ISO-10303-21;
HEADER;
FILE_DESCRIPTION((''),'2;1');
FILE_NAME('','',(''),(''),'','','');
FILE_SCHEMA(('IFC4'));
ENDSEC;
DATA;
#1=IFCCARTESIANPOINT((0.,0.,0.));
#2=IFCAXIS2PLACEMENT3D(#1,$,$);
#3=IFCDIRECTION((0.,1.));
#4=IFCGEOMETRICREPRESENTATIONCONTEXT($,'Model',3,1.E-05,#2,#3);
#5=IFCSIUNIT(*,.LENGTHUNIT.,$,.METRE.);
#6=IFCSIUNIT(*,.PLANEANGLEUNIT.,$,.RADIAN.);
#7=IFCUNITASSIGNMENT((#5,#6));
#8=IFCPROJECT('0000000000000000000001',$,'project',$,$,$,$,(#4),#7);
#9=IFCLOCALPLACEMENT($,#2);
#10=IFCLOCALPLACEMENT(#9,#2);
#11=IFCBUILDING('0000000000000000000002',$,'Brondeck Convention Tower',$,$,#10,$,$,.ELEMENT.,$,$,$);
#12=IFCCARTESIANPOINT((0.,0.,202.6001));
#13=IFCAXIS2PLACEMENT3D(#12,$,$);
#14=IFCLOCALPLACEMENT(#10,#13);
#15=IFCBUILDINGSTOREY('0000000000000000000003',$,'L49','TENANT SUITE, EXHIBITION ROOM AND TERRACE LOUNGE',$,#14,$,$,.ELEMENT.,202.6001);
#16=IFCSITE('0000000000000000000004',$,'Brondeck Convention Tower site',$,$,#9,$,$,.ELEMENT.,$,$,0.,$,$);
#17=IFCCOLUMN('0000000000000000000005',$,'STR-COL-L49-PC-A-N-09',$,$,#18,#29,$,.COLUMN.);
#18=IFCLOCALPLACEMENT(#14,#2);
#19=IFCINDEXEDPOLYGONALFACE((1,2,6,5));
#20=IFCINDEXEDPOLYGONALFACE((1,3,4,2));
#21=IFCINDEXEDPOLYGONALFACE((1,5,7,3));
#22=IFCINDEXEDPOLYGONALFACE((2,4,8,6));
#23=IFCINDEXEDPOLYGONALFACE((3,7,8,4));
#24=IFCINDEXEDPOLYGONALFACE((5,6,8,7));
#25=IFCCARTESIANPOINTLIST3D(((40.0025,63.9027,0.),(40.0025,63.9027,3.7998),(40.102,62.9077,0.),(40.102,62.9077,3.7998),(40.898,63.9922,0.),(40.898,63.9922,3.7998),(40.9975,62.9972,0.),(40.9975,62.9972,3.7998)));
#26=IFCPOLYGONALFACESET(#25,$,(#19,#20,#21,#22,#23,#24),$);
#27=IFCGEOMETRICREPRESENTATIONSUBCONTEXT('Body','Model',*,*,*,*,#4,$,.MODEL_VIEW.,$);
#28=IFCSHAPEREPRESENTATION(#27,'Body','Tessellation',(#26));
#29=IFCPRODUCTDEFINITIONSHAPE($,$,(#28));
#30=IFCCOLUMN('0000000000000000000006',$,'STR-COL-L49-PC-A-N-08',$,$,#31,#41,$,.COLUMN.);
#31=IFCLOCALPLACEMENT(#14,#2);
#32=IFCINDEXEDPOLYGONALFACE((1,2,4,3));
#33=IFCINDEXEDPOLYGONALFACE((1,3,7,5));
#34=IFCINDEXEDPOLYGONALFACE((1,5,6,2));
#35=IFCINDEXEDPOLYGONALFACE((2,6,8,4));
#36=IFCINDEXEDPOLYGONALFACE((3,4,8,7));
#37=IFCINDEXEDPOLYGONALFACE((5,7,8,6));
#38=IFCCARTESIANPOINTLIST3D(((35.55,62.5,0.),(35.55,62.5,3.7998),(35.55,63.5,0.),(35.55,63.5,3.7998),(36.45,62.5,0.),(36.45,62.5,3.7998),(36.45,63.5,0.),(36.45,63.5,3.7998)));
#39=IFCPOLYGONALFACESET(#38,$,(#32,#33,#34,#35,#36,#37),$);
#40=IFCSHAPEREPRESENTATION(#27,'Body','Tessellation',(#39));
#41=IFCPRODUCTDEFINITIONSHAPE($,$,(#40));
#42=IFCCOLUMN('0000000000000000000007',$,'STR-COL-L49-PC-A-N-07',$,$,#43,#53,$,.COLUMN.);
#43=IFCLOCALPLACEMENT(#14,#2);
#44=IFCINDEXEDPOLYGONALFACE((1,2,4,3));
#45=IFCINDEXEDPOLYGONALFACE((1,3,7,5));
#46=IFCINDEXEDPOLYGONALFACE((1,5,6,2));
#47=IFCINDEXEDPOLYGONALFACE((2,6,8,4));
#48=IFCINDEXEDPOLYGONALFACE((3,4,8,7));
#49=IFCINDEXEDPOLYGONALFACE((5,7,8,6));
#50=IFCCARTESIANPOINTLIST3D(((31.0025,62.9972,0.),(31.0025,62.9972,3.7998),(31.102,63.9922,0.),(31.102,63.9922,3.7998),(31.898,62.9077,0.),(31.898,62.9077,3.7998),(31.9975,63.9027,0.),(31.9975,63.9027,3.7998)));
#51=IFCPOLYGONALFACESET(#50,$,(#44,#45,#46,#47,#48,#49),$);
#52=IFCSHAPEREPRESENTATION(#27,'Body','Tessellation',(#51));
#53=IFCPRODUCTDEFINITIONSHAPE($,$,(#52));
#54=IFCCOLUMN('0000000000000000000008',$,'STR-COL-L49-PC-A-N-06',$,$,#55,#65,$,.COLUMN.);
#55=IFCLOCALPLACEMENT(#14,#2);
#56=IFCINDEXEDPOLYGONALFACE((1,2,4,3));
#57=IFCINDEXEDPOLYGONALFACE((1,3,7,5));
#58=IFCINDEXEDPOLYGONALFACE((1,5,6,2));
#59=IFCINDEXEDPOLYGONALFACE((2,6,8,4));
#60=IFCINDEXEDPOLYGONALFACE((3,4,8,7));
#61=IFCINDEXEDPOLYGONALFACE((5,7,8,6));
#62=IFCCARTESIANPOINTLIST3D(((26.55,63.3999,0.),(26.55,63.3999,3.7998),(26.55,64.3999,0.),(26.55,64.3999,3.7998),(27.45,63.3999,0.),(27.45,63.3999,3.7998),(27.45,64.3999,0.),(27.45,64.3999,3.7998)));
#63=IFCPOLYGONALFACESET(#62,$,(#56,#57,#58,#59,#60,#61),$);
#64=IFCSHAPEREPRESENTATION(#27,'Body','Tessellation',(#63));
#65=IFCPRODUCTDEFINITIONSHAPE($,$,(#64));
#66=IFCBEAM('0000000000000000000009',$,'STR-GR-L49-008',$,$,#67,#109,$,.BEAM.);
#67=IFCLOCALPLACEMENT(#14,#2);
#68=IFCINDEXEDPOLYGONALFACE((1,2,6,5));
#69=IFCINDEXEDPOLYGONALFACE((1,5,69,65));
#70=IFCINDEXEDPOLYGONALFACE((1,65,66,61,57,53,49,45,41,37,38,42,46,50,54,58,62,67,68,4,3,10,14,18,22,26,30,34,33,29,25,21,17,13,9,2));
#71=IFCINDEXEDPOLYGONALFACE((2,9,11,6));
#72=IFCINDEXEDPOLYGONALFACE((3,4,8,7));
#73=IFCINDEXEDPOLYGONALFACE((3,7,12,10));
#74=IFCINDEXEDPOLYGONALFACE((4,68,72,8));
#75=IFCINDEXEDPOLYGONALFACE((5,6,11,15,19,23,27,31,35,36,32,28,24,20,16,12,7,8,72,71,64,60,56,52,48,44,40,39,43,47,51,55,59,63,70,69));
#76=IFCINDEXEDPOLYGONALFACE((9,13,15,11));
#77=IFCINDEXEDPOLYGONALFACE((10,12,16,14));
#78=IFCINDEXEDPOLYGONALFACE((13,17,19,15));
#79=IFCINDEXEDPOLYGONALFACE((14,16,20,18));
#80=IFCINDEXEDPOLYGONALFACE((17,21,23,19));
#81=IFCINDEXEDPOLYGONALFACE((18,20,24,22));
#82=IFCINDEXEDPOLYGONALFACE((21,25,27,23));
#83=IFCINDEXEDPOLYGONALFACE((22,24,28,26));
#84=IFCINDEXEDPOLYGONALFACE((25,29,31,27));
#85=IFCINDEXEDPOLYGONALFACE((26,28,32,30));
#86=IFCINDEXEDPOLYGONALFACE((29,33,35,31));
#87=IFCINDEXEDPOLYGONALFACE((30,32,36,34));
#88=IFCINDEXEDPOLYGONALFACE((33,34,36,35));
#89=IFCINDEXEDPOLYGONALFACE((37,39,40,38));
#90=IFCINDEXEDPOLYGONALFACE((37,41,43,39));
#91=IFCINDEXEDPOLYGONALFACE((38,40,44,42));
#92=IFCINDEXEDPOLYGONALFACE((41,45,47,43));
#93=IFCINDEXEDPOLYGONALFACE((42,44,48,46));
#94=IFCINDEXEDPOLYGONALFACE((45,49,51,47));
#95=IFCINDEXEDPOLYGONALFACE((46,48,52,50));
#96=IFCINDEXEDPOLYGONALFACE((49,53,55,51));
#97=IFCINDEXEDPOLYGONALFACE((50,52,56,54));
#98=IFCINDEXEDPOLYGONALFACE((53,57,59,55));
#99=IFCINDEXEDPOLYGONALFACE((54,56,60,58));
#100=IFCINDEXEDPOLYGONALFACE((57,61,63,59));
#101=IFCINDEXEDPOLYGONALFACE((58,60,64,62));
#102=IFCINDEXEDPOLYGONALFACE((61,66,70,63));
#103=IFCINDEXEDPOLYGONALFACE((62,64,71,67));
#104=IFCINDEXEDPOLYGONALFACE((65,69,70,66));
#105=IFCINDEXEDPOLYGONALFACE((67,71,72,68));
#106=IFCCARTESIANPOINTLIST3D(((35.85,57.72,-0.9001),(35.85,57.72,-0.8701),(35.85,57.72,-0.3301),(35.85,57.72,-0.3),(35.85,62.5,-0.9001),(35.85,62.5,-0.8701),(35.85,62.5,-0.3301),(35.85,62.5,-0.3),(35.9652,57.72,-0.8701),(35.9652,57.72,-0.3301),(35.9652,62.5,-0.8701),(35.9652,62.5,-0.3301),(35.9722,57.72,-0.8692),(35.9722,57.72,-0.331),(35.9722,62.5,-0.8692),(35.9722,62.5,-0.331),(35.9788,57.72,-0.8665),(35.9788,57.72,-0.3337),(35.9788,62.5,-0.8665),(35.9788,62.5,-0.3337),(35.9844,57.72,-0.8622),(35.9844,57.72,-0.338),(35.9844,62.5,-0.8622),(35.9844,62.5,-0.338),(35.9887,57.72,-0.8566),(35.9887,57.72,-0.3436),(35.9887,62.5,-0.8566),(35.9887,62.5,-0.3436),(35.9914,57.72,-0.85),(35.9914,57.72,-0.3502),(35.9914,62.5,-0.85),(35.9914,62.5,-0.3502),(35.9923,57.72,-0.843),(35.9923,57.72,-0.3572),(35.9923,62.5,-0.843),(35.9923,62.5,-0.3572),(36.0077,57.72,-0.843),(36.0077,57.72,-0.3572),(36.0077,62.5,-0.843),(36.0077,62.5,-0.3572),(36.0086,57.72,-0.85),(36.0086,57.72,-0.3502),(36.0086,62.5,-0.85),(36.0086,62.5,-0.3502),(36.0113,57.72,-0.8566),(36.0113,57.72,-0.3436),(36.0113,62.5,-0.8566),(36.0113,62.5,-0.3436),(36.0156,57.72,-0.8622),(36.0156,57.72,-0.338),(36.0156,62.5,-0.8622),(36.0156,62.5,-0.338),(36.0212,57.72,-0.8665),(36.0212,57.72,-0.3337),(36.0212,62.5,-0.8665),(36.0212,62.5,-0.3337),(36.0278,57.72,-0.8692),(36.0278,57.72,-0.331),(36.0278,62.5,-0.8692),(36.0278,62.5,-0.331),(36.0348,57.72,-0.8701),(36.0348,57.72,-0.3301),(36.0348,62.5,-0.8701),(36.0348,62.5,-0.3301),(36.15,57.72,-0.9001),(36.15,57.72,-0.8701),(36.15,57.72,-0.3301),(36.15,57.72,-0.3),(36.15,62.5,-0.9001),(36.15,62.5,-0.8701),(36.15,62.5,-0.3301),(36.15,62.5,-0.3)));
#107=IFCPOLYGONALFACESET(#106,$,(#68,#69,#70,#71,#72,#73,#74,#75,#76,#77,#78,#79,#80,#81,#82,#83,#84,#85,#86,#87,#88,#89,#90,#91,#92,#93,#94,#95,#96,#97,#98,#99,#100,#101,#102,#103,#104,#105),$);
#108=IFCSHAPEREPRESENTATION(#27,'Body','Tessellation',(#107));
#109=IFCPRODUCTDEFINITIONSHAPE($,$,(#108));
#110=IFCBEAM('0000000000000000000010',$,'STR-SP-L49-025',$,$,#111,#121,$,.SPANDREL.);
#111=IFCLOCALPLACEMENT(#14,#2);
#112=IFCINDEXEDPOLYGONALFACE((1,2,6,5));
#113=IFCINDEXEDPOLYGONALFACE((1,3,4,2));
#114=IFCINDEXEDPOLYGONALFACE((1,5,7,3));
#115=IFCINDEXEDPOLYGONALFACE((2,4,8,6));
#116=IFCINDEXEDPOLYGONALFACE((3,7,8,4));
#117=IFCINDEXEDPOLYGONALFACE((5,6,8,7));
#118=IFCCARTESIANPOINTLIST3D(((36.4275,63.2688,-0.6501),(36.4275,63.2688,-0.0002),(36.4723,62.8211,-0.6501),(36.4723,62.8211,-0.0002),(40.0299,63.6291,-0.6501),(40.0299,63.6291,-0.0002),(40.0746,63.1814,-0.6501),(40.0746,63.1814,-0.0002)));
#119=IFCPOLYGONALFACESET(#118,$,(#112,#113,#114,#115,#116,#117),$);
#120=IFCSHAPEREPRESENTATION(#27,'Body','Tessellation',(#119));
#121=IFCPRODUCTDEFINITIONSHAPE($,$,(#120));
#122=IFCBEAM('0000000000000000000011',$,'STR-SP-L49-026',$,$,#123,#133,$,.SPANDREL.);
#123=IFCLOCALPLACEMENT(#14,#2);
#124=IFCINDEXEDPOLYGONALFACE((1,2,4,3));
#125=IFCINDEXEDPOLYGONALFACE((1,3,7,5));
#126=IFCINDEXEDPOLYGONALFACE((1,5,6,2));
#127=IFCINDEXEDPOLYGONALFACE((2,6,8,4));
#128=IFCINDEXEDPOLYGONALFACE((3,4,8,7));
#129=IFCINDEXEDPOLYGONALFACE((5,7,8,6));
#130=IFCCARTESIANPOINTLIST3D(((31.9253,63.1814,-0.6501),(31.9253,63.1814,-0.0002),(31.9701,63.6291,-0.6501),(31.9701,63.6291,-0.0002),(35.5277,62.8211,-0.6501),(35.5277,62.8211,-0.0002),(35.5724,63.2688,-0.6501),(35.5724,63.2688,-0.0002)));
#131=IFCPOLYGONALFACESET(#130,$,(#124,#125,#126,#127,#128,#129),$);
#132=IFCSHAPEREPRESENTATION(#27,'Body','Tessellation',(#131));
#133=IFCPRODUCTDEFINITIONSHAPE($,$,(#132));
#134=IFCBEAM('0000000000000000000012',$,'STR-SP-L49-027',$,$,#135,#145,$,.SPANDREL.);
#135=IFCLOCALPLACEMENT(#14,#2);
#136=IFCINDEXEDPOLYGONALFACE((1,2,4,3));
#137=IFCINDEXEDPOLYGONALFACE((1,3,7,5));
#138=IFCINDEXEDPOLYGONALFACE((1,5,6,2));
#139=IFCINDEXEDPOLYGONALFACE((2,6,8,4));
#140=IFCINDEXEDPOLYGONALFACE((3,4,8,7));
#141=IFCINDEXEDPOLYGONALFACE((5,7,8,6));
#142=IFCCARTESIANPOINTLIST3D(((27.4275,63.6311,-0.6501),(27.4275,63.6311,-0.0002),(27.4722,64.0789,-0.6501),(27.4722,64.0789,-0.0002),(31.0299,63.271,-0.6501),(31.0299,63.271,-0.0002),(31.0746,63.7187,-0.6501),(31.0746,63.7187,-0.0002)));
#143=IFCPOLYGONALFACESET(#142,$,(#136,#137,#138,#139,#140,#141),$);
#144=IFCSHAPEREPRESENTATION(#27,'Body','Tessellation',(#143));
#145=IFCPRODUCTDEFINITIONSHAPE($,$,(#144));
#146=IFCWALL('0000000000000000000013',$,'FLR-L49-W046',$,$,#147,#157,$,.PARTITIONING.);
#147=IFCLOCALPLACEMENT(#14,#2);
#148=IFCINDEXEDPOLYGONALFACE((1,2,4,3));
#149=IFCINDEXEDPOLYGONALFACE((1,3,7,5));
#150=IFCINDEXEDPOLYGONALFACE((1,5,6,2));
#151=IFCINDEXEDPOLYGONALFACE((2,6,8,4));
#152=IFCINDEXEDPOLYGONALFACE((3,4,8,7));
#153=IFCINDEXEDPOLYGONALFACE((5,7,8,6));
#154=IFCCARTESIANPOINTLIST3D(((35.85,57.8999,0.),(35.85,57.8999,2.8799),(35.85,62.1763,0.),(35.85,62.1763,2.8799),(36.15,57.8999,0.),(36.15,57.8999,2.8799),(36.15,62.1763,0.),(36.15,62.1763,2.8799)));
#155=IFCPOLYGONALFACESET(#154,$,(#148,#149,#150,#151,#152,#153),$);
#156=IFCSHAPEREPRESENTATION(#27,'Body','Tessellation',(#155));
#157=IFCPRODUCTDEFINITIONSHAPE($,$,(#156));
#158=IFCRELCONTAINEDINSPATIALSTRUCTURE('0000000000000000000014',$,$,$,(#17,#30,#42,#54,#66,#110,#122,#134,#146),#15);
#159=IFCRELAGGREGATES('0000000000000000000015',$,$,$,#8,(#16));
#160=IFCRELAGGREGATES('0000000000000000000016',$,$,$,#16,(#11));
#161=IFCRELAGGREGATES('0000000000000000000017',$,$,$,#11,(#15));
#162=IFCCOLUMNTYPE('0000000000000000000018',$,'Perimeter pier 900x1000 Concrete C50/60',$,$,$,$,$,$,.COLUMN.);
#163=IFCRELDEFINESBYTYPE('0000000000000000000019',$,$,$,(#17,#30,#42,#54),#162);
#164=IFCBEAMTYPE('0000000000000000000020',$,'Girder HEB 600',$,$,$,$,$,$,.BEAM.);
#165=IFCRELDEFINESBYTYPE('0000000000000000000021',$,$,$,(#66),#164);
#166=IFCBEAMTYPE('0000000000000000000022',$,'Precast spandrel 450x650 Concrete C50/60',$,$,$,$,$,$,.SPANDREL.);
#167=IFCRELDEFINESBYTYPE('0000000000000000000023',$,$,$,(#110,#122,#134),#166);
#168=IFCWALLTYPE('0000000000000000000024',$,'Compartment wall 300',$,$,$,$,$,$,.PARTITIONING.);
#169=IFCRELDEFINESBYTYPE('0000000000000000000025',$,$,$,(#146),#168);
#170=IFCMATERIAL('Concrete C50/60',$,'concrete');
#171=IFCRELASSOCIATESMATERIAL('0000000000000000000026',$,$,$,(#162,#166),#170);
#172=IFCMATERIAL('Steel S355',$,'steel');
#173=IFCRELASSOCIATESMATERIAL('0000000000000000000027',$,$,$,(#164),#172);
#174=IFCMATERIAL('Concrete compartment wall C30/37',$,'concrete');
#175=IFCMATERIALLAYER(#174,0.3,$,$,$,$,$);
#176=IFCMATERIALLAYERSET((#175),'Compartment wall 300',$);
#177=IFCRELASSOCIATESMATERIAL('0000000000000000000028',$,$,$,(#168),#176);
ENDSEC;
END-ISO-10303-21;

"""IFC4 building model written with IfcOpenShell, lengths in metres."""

from ifc_helpers import new_model, si_unit, direction, frame, frame_2d, origin, origin_2d, place, context, subcontext, project, spatial, rectangle, i_section, extrude, material, layer, layer_set, material_profile, profile_set, type_object, element, save


model = new_model("IFC4")

# Units and contexts
model_context = context("Model", 3, precision=1e-05, world=origin(), true_north=direction((0.0, 1.0)))
body_context = subcontext(model_context, "Body", "Model", "MODEL_VIEW")
ifc_project = project(units=[si_unit("LENGTHUNIT", "METRE"), si_unit("PLANEANGLEUNIT", "RADIAN")], contexts=[model_context])

# Site, building, storey
site_placement = place(None, origin())
site = spatial("IfcSite", under=ifc_project, at=site_placement, Name="Brondeck Convention Tower site", CompositionType="ELEMENT", RefElevation=0.0)
building_placement = place(site_placement, origin())
building = spatial("IfcBuilding", under=site, at=building_placement, Name="Brondeck Convention Tower", CompositionType="ELEMENT")
storey_placement = place(building_placement, frame((0.0, 0.0, 202.6001)))
storey = spatial("IfcBuildingStorey", under=building, at=storey_placement, Name="L49", Description="TENANT SUITE, EXHIBITION ROOM AND TERRACE LOUNGE", CompositionType="ELEMENT", Elevation=202.6001)

# Columns
ifc_material_1 = material(Name="Concrete C50/60", Category="concrete")
ifc_material_profile_1 = material_profile(ifc_material_1, rectangle(XDim=0.8999, YDim=1.0, at=origin_2d()), Name="Perimeter pier 900x1000 Concrete C50/60")
ifc_profile_set_1 = profile_set([ifc_material_profile_1], Name="Concrete C50/60")
column_type = type_object("IfcColumnType", Name="Perimeter pier 900x1000 Concrete C50/60", PredefinedType="COLUMN", material=ifc_profile_set_1)
for number, where, z_axis, x_axis, name in (
    (1, (40.5, 63.45, 0.0), (0.0, 0.0, 1.0), (-0.995037, -0.099504, 0.0), "STR-COL-L49-PC-A-N-09"),
    (2, (36.0, 63.0, 0.0), (0.0, 0.0, 1.0), (-1.0, 0.0, 0.0), "STR-COL-L49-PC-A-N-08"),
    (3, (31.5, 63.45, 0.0), (0.0, 0.0, 1.0), (-0.995037, 0.099504, 0.0), "STR-COL-L49-PC-A-N-07"),
    (4, (27.0, 63.8999, 0.0), (0.0, 0.0, 1.0), (-1.0, 0.0, 0.0), "STR-COL-L49-PC-A-N-06"),
):
    element("IfcColumn", number, at=place(storey_placement, frame(where, z_axis=z_axis, x_axis=x_axis)), inside=storey, type_object=column_type, Name=name, PredefinedType="COLUMN", context=body_context, shape_type="SweptSolid", body=[
        extrude(rectangle(XDim=0.8999, YDim=1.0, at=origin_2d()), origin(), (0.0, 0.0, 1.0), 3.7998),
    ])

# Beams
ifc_material_2 = material(Name="Steel S355", Category="steel")
ifc_material_profile_2 = material_profile(ifc_material_2, i_section(OverallWidth=0.3, OverallDepth=0.6001, WebThickness=0.0154, FlangeThickness=0.03, FilletRadius=0.0271, at=origin_2d()), Name="HEB 600")
ifc_profile_set_2 = profile_set([ifc_material_profile_2], Name="Steel S355")
beam_type_1 = type_object("IfcBeamType", Name="Girder HEB 600", PredefinedType="BEAM", material=ifc_profile_set_2)
beam_placement = place(storey_placement, frame((36.0, 57.72, -0.6001), z_axis=(0.0, 1.0, 0.0), x_axis=(-1.0, 0.0, 0.0)))
element("IfcBeam", 5, at=beam_placement, inside=storey, type_object=beam_type_1, Name="STR-GR-L49-008", PredefinedType="BEAM", context=body_context, shape_type="SweptSolid", body=[
    extrude(i_section(OverallWidth=0.3, OverallDepth=0.6001, WebThickness=0.0154, FlangeThickness=0.03, FilletRadius=0.0271, at=origin_2d()), origin(), (0.0, 0.0, 1.0), 4.78),
])
ifc_material_profile_3 = material_profile(ifc_material_1, rectangle(XDim=0.45, YDim=0.6499, at=origin_2d()), Name="Precast spandrel 450x650 Concrete C50/60")
ifc_profile_set_3 = profile_set([ifc_material_profile_3], Name="Concrete C50/60")
beam_type_2 = type_object("IfcBeamType", Name="Precast spandrel 450x650 Concrete C50/60", PredefinedType="SPANDREL", material=ifc_profile_set_3)
for number, where, z_axis, x_axis, name in (
    (6, (40.0522, 63.4053, -0.3252), (-0.995034, -0.099537, 0.0), (0.099537, -0.995034, 0.0), "STR-SP-L49-025"),
    (7, (35.55, 63.0449, -0.3252), (-0.995034, 0.099537, 0.0), (-0.099537, -0.995034, 0.0), "STR-SP-L49-026"),
    (8, (31.0522, 63.4949, -0.3252), (-0.995041, 0.09947, 0.0), (-0.09947, -0.995041, 0.0), "STR-SP-L49-027"),
):
    element("IfcBeam", number, at=place(storey_placement, frame(where, z_axis=z_axis, x_axis=x_axis)), inside=storey, type_object=beam_type_2, Name=name, PredefinedType="SPANDREL", context=body_context, shape_type="SweptSolid", body=[
        extrude(rectangle(XDim=0.45, YDim=0.6499, at=origin_2d()), origin(), (0.0, 0.0, 1.0), 3.6204),
    ])

# Wall
ifc_material_3 = material(Name="Concrete compartment wall C30/37", Category="concrete")
ifc_layer_1 = layer(ifc_material_3, 0.3)
ifc_layer_set_1 = layer_set([ifc_layer_1], Name="Compartment wall 300")
wall_type_1 = type_object("IfcWallType", Name="Compartment wall 300", PredefinedType="PARTITIONING", material=ifc_layer_set_1)
wall_1_placement = place(storey_placement, frame((36.0, 57.8999, 0.0), z_axis=(0.0, 0.0, 1.0), x_axis=(0.0, 1.0, 0.0)))
element("IfcWall", 9, at=wall_1_placement, inside=storey, type_object=wall_type_1, Name="FLR-L49-W046", PredefinedType="PARTITIONING", context=body_context, shape_type="SweptSolid", body=[
    extrude(rectangle(XDim=4.2764, YDim=0.3, at=frame_2d((2.1382, 0.0))), origin(), (0.0, 0.0, 1.0), 2.8799),
])

save(model, "model.ifc")
